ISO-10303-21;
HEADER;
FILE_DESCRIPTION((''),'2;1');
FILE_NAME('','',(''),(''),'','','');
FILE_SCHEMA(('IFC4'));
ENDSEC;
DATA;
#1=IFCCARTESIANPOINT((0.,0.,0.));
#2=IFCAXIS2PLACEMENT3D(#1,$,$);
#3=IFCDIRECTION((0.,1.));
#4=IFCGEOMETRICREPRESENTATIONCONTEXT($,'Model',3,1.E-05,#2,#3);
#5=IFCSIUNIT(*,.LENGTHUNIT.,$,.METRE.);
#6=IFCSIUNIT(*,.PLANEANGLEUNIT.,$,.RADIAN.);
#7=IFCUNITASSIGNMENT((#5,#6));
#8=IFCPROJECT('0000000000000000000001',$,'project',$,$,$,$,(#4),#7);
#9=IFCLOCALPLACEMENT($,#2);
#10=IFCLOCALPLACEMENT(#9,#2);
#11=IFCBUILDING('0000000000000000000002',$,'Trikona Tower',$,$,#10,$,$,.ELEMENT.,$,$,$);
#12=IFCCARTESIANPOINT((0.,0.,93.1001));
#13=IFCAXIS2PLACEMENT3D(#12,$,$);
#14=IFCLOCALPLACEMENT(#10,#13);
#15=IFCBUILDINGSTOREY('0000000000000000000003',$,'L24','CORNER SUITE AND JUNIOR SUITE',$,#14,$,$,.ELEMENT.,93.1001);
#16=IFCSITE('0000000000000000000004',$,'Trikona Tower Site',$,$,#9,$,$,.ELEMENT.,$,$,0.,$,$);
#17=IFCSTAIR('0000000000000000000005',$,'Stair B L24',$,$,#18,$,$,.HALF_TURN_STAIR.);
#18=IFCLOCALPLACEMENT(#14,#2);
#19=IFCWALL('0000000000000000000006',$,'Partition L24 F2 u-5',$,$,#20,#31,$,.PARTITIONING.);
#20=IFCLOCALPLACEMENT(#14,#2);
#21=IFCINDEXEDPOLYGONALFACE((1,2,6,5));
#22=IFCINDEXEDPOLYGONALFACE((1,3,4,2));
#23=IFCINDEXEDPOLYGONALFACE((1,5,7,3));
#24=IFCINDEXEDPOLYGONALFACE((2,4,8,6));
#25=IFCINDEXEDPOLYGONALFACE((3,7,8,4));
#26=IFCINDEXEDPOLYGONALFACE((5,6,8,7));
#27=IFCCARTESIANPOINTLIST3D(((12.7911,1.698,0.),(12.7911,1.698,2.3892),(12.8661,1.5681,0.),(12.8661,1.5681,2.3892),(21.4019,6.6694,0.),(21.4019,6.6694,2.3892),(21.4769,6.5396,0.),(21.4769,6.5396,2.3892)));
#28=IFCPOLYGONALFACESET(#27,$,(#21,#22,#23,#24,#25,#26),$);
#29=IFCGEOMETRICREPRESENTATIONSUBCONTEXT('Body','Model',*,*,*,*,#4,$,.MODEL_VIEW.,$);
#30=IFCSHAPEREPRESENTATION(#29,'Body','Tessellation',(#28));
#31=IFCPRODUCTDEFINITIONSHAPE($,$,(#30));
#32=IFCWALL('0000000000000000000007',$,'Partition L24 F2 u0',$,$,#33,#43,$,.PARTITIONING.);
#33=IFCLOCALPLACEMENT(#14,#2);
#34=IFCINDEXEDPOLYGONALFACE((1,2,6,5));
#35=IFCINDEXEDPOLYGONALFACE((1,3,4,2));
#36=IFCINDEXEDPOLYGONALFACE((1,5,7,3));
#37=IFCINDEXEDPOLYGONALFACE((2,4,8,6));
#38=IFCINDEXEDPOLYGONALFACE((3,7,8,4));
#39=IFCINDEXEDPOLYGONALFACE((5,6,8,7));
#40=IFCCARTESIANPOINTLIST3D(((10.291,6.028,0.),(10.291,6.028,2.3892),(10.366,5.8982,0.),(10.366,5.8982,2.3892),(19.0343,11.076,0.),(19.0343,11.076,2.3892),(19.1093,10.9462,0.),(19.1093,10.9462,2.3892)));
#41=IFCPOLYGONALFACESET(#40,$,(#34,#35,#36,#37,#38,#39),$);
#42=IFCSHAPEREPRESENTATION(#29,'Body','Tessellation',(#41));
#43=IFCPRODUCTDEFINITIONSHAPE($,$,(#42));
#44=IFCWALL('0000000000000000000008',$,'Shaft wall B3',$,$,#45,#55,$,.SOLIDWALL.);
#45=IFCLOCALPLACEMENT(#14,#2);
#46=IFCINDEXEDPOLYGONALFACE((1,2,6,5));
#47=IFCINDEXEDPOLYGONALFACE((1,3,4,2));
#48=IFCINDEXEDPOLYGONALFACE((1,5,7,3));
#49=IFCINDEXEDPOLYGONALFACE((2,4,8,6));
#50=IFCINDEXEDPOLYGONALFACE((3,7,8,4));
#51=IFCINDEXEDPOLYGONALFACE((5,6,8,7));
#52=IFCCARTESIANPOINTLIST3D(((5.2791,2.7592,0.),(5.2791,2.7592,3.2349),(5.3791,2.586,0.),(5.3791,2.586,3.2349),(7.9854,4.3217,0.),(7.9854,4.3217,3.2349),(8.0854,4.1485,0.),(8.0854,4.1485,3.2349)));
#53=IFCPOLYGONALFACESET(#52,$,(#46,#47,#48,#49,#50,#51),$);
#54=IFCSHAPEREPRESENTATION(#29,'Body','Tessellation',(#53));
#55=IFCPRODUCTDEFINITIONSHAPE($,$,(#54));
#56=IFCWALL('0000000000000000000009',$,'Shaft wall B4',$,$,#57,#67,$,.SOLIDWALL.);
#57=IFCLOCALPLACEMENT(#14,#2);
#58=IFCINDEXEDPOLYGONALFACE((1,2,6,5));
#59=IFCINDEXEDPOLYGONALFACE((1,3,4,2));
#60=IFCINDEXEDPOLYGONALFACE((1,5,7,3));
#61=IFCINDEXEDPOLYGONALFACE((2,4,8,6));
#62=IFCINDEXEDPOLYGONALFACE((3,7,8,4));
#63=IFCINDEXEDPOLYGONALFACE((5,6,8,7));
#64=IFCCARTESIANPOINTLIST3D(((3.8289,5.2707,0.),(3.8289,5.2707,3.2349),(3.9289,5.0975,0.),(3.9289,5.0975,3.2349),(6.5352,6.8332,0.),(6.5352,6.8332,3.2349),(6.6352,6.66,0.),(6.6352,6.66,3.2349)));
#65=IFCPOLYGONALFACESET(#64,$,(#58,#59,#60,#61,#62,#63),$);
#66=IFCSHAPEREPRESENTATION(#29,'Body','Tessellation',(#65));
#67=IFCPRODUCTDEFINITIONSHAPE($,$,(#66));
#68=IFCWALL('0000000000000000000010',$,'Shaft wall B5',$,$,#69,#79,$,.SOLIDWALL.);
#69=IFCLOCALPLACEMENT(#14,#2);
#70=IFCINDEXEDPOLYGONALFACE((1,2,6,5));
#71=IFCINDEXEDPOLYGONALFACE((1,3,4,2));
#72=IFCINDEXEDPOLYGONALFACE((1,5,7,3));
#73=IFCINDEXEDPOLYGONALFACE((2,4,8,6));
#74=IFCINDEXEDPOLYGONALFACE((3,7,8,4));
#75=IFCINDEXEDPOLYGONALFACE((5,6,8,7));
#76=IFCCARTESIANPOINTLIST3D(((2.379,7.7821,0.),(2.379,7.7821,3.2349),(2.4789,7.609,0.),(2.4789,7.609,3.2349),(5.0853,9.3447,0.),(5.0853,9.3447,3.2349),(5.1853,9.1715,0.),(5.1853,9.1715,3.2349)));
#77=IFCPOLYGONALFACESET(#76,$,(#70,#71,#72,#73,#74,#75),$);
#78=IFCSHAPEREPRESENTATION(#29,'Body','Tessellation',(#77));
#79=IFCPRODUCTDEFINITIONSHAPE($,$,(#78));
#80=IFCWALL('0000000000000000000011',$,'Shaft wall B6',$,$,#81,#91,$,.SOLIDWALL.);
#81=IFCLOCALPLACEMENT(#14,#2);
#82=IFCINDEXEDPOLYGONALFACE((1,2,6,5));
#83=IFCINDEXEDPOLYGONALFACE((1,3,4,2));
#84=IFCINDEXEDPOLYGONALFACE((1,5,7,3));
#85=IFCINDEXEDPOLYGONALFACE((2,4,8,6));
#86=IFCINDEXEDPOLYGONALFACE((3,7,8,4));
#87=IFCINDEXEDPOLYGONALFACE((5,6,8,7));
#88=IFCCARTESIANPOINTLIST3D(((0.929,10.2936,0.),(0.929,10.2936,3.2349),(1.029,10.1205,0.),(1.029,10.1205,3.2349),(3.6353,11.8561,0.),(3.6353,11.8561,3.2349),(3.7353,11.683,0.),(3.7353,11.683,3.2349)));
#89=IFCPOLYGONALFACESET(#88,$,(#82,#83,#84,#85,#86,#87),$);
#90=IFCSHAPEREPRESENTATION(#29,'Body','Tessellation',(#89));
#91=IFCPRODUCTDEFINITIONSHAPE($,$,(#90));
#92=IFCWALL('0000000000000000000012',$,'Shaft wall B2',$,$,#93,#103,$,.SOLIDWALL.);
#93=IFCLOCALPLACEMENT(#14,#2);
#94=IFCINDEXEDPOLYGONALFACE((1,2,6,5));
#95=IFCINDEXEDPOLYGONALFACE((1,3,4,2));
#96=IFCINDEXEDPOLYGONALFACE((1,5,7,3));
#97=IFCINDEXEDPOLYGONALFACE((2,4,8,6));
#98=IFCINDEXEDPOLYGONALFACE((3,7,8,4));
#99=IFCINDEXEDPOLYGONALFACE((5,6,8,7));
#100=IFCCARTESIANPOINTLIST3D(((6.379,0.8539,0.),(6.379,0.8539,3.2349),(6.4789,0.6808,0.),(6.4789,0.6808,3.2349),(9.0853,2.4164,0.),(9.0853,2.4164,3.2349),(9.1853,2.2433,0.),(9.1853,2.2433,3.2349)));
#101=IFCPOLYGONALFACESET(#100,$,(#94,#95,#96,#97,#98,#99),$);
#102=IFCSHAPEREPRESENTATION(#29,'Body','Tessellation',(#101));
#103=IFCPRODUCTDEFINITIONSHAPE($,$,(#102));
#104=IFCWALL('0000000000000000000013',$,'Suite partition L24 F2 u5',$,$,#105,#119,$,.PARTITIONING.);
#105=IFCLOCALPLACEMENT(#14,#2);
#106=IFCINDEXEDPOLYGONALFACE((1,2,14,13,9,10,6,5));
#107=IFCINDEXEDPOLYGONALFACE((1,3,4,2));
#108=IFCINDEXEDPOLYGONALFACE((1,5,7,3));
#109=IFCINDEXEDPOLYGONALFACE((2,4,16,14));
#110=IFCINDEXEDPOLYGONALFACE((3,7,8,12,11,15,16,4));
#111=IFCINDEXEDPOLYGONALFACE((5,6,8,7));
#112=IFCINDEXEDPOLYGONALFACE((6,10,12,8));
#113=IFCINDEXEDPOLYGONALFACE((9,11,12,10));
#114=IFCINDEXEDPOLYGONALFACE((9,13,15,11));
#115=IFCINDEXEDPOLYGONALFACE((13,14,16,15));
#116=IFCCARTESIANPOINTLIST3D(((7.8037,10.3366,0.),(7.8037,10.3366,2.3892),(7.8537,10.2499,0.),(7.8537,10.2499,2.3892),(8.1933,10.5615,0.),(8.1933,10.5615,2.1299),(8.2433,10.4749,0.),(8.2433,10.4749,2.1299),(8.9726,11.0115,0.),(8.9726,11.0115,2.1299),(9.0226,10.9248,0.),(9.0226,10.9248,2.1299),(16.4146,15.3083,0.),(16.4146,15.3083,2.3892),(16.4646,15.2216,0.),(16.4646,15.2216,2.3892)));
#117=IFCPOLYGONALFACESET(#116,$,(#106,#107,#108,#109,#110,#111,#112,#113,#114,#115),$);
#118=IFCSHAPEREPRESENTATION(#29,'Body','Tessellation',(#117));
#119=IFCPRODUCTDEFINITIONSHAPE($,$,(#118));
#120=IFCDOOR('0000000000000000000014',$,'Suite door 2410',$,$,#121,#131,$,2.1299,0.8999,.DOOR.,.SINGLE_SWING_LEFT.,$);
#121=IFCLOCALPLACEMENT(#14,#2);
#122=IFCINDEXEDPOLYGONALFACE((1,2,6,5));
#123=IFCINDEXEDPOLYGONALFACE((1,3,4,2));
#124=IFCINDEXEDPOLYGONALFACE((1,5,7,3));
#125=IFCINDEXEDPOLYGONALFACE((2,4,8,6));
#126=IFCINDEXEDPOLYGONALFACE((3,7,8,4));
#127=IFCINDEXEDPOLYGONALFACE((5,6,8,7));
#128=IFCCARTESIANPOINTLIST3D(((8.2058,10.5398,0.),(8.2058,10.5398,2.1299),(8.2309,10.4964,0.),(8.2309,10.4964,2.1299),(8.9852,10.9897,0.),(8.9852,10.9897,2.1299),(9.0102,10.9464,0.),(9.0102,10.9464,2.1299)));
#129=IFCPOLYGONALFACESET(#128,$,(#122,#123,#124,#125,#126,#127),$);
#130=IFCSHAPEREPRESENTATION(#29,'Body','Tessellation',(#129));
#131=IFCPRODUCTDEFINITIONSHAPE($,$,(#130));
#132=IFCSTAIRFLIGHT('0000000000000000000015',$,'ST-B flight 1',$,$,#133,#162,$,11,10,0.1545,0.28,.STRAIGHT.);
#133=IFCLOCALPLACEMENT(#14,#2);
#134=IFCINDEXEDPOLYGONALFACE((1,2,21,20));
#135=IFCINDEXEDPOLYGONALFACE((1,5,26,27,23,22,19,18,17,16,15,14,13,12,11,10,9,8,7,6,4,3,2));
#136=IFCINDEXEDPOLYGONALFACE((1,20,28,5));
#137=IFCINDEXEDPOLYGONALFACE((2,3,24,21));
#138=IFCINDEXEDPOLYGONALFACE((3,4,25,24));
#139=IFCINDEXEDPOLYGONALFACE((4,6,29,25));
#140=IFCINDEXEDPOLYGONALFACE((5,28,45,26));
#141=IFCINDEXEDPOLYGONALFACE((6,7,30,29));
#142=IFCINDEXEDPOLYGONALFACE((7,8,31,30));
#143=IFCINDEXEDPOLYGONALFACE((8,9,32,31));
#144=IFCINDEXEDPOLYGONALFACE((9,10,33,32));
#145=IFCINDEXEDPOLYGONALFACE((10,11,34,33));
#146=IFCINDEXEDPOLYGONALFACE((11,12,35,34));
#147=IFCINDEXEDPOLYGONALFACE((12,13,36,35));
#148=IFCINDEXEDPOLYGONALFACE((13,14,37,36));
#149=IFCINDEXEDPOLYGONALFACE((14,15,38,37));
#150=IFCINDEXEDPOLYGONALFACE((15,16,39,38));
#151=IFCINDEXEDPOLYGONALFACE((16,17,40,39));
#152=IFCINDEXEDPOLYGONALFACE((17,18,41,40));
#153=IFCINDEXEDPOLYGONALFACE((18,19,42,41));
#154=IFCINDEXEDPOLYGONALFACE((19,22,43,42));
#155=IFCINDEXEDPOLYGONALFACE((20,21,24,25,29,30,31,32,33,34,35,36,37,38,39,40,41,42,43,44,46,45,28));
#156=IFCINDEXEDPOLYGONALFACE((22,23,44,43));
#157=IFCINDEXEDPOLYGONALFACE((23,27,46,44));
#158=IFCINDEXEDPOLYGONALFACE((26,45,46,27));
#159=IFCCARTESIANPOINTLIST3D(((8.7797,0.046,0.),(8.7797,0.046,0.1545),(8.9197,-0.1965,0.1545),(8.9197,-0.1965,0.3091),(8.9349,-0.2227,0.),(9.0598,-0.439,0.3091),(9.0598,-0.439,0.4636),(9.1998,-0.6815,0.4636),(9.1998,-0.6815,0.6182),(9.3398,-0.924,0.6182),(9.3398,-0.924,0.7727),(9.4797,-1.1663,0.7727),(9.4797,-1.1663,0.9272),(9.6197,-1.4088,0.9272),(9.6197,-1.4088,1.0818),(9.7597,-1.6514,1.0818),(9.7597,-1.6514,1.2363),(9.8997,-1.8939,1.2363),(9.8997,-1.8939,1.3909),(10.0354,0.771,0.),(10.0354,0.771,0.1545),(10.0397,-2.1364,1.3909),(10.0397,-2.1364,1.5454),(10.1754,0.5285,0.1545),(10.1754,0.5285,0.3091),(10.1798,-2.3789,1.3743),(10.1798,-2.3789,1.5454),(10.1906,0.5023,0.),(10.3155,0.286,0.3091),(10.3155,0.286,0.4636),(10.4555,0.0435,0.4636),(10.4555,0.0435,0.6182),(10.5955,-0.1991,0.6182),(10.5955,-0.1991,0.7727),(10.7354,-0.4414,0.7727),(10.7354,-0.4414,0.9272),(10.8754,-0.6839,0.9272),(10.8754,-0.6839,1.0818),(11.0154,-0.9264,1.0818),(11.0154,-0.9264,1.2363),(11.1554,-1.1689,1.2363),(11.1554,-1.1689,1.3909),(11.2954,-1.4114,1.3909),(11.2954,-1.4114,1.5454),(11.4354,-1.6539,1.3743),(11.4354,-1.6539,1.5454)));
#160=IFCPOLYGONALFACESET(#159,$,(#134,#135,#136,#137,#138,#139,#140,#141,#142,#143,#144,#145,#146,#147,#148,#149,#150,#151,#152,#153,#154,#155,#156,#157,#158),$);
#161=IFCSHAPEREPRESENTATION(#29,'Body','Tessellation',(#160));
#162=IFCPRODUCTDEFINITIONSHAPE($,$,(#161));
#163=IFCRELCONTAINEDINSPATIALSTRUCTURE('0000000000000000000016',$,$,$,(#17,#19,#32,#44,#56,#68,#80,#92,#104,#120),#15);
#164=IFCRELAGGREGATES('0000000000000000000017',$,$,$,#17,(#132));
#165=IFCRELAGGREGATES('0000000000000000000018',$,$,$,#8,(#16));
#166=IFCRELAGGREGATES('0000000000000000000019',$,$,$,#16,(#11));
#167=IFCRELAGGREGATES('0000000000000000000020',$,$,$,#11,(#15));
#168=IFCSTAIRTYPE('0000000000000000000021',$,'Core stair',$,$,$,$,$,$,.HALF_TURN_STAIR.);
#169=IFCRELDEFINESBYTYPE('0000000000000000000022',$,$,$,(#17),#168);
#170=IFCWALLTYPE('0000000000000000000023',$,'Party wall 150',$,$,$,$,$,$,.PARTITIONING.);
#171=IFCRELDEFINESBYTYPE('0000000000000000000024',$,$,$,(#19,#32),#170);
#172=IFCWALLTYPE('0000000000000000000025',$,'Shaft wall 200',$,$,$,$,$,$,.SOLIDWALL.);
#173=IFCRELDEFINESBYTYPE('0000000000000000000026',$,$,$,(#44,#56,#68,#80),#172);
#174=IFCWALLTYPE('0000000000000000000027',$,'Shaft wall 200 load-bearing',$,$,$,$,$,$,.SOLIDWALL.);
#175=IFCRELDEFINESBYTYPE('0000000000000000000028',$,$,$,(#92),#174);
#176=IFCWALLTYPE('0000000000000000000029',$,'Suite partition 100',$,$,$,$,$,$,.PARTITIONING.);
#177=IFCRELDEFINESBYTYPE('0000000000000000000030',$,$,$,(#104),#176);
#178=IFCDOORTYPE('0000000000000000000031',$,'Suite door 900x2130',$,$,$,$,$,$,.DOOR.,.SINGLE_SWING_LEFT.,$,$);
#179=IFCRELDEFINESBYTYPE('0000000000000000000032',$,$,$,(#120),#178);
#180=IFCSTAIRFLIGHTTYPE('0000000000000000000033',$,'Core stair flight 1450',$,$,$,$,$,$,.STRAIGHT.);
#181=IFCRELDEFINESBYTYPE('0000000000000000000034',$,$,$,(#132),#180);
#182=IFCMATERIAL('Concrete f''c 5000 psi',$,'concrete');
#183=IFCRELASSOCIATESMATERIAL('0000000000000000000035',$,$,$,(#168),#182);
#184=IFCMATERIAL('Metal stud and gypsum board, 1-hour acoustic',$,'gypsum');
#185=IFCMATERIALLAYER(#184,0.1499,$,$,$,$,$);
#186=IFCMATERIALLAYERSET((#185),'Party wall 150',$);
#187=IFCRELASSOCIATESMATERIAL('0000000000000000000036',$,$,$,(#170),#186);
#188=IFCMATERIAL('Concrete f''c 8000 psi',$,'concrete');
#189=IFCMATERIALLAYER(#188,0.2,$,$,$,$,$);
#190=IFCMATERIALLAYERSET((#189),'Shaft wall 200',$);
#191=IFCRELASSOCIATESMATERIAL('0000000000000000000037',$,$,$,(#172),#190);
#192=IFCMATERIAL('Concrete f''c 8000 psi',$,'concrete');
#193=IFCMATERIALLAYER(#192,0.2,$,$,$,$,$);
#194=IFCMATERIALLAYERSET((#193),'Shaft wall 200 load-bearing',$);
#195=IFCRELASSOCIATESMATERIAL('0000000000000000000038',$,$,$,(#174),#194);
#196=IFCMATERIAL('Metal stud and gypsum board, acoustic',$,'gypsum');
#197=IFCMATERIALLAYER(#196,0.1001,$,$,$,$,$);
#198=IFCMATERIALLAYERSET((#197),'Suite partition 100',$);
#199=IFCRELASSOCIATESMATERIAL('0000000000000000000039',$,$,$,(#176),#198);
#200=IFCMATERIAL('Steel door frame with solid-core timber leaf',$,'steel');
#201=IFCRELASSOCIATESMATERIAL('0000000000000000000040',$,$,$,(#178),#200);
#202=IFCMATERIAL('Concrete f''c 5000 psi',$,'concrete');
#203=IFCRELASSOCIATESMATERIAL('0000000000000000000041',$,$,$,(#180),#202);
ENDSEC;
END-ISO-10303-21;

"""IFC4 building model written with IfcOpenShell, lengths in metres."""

from ifc_helpers import new_model, si_unit, direction, frame, frame_2d, origin, place, context, subcontext, project, spatial, polyline, rectangle, outline, extrude, material, layer, layer_set, type_object, element, fill, aggregate, save


model = new_model("IFC4")

# Units and contexts
model_context = context("Model", 3, precision=1e-05, world=origin(), true_north=direction((0.0, 1.0)))
body_context = subcontext(model_context, "Body", "Model", "MODEL_VIEW")
ifc_project = project(units=[si_unit("LENGTHUNIT", "METRE"), si_unit("PLANEANGLEUNIT", "RADIAN")], contexts=[model_context])

# Site, building, storey
site_placement = place(None, origin())
site = spatial("IfcSite", under=ifc_project, at=site_placement, Name="Trikona Tower Site", CompositionType="ELEMENT", RefElevation=0.0)
building_placement = place(site_placement, origin())
building = spatial("IfcBuilding", under=site, at=building_placement, Name="Trikona Tower", CompositionType="ELEMENT")
storey_placement = place(building_placement, frame((0.0, 0.0, 93.1001)))
storey = spatial("IfcBuildingStorey", under=building, at=storey_placement, Name="L24", Description="CORNER SUITE AND JUNIOR SUITE", CompositionType="ELEMENT", Elevation=93.1001)

# Stair
ifc_material_1 = material(Name="Concrete f'c 5000 psi", Category="concrete")
stair_type = type_object("IfcStairType", Name="Core stair", PredefinedType="HALF_TURN_STAIR", material=ifc_material_1)
stair_1_placement = place(storey_placement, origin())
stair_1 = element("IfcStair", 1, at=stair_1_placement, inside=storey, type_object=stair_type, Name="Stair B L24", PredefinedType="HALF_TURN_STAIR")

# Walls
ifc_material_2 = material(Name="Metal stud and gypsum board, 1-hour acoustic", Category="gypsum")
ifc_layer_1 = layer(ifc_material_2, 0.1499)
ifc_layer_set_1 = layer_set([ifc_layer_1], Name="Party wall 150")
wall_type_1 = type_object("IfcWallType", Name="Party wall 150", PredefinedType="PARTITIONING", material=ifc_layer_set_1)
wall_1_placement = place(storey_placement, frame((12.8286, 1.6331, 0.0), z_axis=(0.0, 0.0, 1.0), x_axis=(0.866027, 0.499997, 0.0)))
element("IfcWall", 2, at=wall_1_placement, inside=storey, type_object=wall_type_1, Name="Partition L24 F2 u-5", PredefinedType="PARTITIONING", context=body_context, shape_type="SweptSolid", body=[
    extrude(rectangle(XDim=9.9429, YDim=0.1499, at=frame_2d((4.9714, 0.0))), origin(), (0.0, 0.0, 1.0), 2.3892),
])
wall_2_placement = place(storey_placement, frame((10.3286, 5.9631, 0.0), z_axis=(0.0, 0.0, 1.0), x_axis=(0.866022, 0.500006, 0.0)))
element("IfcWall", 3, at=wall_2_placement, inside=storey, type_object=wall_type_1, Name="Partition L24 F2 u0", PredefinedType="PARTITIONING", context=body_context, shape_type="SweptSolid", body=[
    extrude(rectangle(XDim=10.0959, YDim=0.1499, at=frame_2d((5.0479, 0.0))), origin(), (0.0, 0.0, 1.0), 2.3892),
])
ifc_material_3 = material(Name="Concrete f'c 8000 psi", Category="concrete")
ifc_layer_2 = layer(ifc_material_3, 0.2)
ifc_layer_set_2 = layer_set([ifc_layer_2], Name="Shaft wall 200")
wall_type_2 = type_object("IfcWallType", Name="Shaft wall 200", PredefinedType="SOLIDWALL", material=ifc_layer_set_2)
for number, where, z_axis, x_axis, name in (
    (4, (5.3291, 2.6726, 0.0), (0.0, 0.0, 1.0), (0.866023, 0.500004, 0.0), "Shaft wall B3"),
    (5, (3.8789, 5.1841, 0.0), (0.0, 0.0, 1.0), (0.866023, 0.500004, 0.0), "Shaft wall B4"),
    (6, (2.429, 7.6956, 0.0), (0.0, 0.0, 1.0), (0.866023, 0.500004, 0.0), "Shaft wall B5"),
    (7, (0.979, 10.207, 0.0), (0.0, 0.0, 1.0), (0.866023, 0.500004, 0.0), "Shaft wall B6"),
):
    element("IfcWall", number, at=place(storey_placement, frame(where, z_axis=z_axis, x_axis=x_axis)), inside=storey, type_object=wall_type_2, Name=name, PredefinedType="SOLIDWALL", context=body_context, shape_type="SweptSolid", body=[
        extrude(rectangle(XDim=3.125, YDim=0.2, at=frame_2d((1.5625, 0.0))), origin(), (0.0, 0.0, 1.0), 3.2349),
    ])
ifc_material_4 = material(Name="Concrete f'c 8000 psi", Category="concrete")
ifc_layer_3 = layer(ifc_material_4, 0.2)
ifc_layer_set_3 = layer_set([ifc_layer_3], Name="Shaft wall 200 load-bearing")
wall_type_3 = type_object("IfcWallType", Name="Shaft wall 200 load-bearing", PredefinedType="SOLIDWALL", material=ifc_layer_set_3)
wall_3_placement = place(storey_placement, frame((6.429, 0.7673, 0.0), z_axis=(0.0, 0.0, 1.0), x_axis=(0.866023, 0.500004, 0.0)))
element("IfcWall", 8, at=wall_3_placement, inside=storey, type_object=wall_type_3, Name="Shaft wall B2", PredefinedType="SOLIDWALL", context=body_context, shape_type="SweptSolid", body=[
    extrude(rectangle(XDim=3.125, YDim=0.2, at=frame_2d((1.5625, 0.0))), origin(), (0.0, 0.0, 1.0), 3.2349),
])

# Wall, opening, door
ifc_material_5 = material(Name="Metal stud and gypsum board, acoustic", Category="gypsum")
ifc_layer_4 = layer(ifc_material_5, 0.1001)
ifc_layer_set_4 = layer_set([ifc_layer_4], Name="Suite partition 100")
wall_type_4 = type_object("IfcWallType", Name="Suite partition 100", PredefinedType="PARTITIONING", material=ifc_layer_set_4)
wall_4_placement = place(storey_placement, frame((7.8286, 10.2932, 0.0), z_axis=(0.0, 0.0, 1.0), x_axis=(0.866016, 0.500016, 0.0)))
wall_4 = element("IfcWall", 9, at=wall_4_placement, inside=storey, type_object=wall_type_4, Name="Suite partition L24 F2 u5", PredefinedType="PARTITIONING", context=body_context, shape_type="SweptSolid", body=[
    extrude(rectangle(XDim=9.9431, YDim=0.1001, at=frame_2d((4.9717, 0.0))), origin(), (0.0, 0.0, 1.0), 2.3892),
])
opening_1_placement = place(wall_4_placement, frame((0.45, 0.0, 0.0)))
opening_1 = element("IfcOpeningElement", 10, at=opening_1_placement, cuts=wall_4, PredefinedType="OPENING", context=body_context, shape_type="SweptSolid", body=[
    extrude(rectangle(XDim=0.8999, YDim=2.1299, at=frame_2d((0.45, 1.0649))), frame((0.0, 0.0601, 0.0), z_axis=(0.0, -1.0, 0.0), x_axis=(1.0, 0.0, 0.0)), (0.0, 0.0, 1.0), 0.1201),
])
ifc_material_6 = material(Name="Steel door frame with solid-core timber leaf", Category="steel")
door_type_1 = type_object("IfcDoorType", Name="Suite door 900x2130", OperationType="SINGLE_SWING_LEFT", PredefinedType="DOOR", material=ifc_material_6)
door_1_placement = place(opening_1_placement, origin())
door_1 = element("IfcDoor", 11, at=door_1_placement, inside=storey, type_object=door_type_1, Name="Suite door 2410", OperationType="SINGLE_SWING_LEFT", OverallHeight=2.1299, OverallWidth=0.8999, PredefinedType="DOOR", context=body_context, shape_type="SweptSolid", body=[
    extrude(rectangle(XDim=0.8999, YDim=2.1299, at=frame_2d((0.45, 1.0649))), frame((0.0, 0.0249, 0.0), z_axis=(0.0, -1.0, 0.0), x_axis=(1.0, 0.0, 0.0)), (0.0, 0.0, 1.0), 0.05),
])
fill(opening_1, door_1)

# Stair flight
ifc_material_7 = material(Name="Concrete f'c 5000 psi", Category="concrete")
stair_flight_type = type_object("IfcStairFlightType", Name="Core stair flight 1450", PredefinedType="STRAIGHT", material=ifc_material_7)
stair_flight_placement = place(storey_placement, frame((9.4075, 0.4084, 0.0), z_axis=(0.0, 0.0, 1.0), x_axis=(0.5, -0.866025, 0.0)))
stair_flight = element("IfcStairFlight", 12, at=stair_flight_placement, type_object=stair_flight_type, Name="ST-B flight 1", NumberOfRisers=11, NumberOfTreads=10, PredefinedType="STRAIGHT", RiserHeight=0.1545, TreadLength=0.28, context=body_context, shape_type="SweptSolid", body=[
    extrude(outline(polyline([(0.0, 0.0), (0.0, 0.1545), (0.28, 0.1545), (0.28, 0.3091), (0.5601, 0.3091), (0.5601, 0.4636), (0.8401, 0.4636), (0.8401, 0.6182), (1.1201, 0.6182), (1.1201, 0.7727), (1.3999, 0.7727), (1.3999, 0.9272), (1.6799, 0.9272), (1.6799, 1.0818), (1.96, 1.0818), (1.96, 1.2363), (2.24, 1.2363), (2.24, 1.3909), (2.52, 1.3909), (2.52, 1.5454), (2.8, 1.5454), (2.8, 1.7), (2.8, 1.3743), (0.3103, 0.0), (0.0, 0.0)])), frame((0.0, 0.7251, 0.0), z_axis=(0.0, -1.0, 0.0), x_axis=(1.0, 0.0, 0.0)), (0.0, 0.0, 1.0), 1.45),
])
aggregate(stair_1, [stair_flight])

save(model, "model.ifc")
